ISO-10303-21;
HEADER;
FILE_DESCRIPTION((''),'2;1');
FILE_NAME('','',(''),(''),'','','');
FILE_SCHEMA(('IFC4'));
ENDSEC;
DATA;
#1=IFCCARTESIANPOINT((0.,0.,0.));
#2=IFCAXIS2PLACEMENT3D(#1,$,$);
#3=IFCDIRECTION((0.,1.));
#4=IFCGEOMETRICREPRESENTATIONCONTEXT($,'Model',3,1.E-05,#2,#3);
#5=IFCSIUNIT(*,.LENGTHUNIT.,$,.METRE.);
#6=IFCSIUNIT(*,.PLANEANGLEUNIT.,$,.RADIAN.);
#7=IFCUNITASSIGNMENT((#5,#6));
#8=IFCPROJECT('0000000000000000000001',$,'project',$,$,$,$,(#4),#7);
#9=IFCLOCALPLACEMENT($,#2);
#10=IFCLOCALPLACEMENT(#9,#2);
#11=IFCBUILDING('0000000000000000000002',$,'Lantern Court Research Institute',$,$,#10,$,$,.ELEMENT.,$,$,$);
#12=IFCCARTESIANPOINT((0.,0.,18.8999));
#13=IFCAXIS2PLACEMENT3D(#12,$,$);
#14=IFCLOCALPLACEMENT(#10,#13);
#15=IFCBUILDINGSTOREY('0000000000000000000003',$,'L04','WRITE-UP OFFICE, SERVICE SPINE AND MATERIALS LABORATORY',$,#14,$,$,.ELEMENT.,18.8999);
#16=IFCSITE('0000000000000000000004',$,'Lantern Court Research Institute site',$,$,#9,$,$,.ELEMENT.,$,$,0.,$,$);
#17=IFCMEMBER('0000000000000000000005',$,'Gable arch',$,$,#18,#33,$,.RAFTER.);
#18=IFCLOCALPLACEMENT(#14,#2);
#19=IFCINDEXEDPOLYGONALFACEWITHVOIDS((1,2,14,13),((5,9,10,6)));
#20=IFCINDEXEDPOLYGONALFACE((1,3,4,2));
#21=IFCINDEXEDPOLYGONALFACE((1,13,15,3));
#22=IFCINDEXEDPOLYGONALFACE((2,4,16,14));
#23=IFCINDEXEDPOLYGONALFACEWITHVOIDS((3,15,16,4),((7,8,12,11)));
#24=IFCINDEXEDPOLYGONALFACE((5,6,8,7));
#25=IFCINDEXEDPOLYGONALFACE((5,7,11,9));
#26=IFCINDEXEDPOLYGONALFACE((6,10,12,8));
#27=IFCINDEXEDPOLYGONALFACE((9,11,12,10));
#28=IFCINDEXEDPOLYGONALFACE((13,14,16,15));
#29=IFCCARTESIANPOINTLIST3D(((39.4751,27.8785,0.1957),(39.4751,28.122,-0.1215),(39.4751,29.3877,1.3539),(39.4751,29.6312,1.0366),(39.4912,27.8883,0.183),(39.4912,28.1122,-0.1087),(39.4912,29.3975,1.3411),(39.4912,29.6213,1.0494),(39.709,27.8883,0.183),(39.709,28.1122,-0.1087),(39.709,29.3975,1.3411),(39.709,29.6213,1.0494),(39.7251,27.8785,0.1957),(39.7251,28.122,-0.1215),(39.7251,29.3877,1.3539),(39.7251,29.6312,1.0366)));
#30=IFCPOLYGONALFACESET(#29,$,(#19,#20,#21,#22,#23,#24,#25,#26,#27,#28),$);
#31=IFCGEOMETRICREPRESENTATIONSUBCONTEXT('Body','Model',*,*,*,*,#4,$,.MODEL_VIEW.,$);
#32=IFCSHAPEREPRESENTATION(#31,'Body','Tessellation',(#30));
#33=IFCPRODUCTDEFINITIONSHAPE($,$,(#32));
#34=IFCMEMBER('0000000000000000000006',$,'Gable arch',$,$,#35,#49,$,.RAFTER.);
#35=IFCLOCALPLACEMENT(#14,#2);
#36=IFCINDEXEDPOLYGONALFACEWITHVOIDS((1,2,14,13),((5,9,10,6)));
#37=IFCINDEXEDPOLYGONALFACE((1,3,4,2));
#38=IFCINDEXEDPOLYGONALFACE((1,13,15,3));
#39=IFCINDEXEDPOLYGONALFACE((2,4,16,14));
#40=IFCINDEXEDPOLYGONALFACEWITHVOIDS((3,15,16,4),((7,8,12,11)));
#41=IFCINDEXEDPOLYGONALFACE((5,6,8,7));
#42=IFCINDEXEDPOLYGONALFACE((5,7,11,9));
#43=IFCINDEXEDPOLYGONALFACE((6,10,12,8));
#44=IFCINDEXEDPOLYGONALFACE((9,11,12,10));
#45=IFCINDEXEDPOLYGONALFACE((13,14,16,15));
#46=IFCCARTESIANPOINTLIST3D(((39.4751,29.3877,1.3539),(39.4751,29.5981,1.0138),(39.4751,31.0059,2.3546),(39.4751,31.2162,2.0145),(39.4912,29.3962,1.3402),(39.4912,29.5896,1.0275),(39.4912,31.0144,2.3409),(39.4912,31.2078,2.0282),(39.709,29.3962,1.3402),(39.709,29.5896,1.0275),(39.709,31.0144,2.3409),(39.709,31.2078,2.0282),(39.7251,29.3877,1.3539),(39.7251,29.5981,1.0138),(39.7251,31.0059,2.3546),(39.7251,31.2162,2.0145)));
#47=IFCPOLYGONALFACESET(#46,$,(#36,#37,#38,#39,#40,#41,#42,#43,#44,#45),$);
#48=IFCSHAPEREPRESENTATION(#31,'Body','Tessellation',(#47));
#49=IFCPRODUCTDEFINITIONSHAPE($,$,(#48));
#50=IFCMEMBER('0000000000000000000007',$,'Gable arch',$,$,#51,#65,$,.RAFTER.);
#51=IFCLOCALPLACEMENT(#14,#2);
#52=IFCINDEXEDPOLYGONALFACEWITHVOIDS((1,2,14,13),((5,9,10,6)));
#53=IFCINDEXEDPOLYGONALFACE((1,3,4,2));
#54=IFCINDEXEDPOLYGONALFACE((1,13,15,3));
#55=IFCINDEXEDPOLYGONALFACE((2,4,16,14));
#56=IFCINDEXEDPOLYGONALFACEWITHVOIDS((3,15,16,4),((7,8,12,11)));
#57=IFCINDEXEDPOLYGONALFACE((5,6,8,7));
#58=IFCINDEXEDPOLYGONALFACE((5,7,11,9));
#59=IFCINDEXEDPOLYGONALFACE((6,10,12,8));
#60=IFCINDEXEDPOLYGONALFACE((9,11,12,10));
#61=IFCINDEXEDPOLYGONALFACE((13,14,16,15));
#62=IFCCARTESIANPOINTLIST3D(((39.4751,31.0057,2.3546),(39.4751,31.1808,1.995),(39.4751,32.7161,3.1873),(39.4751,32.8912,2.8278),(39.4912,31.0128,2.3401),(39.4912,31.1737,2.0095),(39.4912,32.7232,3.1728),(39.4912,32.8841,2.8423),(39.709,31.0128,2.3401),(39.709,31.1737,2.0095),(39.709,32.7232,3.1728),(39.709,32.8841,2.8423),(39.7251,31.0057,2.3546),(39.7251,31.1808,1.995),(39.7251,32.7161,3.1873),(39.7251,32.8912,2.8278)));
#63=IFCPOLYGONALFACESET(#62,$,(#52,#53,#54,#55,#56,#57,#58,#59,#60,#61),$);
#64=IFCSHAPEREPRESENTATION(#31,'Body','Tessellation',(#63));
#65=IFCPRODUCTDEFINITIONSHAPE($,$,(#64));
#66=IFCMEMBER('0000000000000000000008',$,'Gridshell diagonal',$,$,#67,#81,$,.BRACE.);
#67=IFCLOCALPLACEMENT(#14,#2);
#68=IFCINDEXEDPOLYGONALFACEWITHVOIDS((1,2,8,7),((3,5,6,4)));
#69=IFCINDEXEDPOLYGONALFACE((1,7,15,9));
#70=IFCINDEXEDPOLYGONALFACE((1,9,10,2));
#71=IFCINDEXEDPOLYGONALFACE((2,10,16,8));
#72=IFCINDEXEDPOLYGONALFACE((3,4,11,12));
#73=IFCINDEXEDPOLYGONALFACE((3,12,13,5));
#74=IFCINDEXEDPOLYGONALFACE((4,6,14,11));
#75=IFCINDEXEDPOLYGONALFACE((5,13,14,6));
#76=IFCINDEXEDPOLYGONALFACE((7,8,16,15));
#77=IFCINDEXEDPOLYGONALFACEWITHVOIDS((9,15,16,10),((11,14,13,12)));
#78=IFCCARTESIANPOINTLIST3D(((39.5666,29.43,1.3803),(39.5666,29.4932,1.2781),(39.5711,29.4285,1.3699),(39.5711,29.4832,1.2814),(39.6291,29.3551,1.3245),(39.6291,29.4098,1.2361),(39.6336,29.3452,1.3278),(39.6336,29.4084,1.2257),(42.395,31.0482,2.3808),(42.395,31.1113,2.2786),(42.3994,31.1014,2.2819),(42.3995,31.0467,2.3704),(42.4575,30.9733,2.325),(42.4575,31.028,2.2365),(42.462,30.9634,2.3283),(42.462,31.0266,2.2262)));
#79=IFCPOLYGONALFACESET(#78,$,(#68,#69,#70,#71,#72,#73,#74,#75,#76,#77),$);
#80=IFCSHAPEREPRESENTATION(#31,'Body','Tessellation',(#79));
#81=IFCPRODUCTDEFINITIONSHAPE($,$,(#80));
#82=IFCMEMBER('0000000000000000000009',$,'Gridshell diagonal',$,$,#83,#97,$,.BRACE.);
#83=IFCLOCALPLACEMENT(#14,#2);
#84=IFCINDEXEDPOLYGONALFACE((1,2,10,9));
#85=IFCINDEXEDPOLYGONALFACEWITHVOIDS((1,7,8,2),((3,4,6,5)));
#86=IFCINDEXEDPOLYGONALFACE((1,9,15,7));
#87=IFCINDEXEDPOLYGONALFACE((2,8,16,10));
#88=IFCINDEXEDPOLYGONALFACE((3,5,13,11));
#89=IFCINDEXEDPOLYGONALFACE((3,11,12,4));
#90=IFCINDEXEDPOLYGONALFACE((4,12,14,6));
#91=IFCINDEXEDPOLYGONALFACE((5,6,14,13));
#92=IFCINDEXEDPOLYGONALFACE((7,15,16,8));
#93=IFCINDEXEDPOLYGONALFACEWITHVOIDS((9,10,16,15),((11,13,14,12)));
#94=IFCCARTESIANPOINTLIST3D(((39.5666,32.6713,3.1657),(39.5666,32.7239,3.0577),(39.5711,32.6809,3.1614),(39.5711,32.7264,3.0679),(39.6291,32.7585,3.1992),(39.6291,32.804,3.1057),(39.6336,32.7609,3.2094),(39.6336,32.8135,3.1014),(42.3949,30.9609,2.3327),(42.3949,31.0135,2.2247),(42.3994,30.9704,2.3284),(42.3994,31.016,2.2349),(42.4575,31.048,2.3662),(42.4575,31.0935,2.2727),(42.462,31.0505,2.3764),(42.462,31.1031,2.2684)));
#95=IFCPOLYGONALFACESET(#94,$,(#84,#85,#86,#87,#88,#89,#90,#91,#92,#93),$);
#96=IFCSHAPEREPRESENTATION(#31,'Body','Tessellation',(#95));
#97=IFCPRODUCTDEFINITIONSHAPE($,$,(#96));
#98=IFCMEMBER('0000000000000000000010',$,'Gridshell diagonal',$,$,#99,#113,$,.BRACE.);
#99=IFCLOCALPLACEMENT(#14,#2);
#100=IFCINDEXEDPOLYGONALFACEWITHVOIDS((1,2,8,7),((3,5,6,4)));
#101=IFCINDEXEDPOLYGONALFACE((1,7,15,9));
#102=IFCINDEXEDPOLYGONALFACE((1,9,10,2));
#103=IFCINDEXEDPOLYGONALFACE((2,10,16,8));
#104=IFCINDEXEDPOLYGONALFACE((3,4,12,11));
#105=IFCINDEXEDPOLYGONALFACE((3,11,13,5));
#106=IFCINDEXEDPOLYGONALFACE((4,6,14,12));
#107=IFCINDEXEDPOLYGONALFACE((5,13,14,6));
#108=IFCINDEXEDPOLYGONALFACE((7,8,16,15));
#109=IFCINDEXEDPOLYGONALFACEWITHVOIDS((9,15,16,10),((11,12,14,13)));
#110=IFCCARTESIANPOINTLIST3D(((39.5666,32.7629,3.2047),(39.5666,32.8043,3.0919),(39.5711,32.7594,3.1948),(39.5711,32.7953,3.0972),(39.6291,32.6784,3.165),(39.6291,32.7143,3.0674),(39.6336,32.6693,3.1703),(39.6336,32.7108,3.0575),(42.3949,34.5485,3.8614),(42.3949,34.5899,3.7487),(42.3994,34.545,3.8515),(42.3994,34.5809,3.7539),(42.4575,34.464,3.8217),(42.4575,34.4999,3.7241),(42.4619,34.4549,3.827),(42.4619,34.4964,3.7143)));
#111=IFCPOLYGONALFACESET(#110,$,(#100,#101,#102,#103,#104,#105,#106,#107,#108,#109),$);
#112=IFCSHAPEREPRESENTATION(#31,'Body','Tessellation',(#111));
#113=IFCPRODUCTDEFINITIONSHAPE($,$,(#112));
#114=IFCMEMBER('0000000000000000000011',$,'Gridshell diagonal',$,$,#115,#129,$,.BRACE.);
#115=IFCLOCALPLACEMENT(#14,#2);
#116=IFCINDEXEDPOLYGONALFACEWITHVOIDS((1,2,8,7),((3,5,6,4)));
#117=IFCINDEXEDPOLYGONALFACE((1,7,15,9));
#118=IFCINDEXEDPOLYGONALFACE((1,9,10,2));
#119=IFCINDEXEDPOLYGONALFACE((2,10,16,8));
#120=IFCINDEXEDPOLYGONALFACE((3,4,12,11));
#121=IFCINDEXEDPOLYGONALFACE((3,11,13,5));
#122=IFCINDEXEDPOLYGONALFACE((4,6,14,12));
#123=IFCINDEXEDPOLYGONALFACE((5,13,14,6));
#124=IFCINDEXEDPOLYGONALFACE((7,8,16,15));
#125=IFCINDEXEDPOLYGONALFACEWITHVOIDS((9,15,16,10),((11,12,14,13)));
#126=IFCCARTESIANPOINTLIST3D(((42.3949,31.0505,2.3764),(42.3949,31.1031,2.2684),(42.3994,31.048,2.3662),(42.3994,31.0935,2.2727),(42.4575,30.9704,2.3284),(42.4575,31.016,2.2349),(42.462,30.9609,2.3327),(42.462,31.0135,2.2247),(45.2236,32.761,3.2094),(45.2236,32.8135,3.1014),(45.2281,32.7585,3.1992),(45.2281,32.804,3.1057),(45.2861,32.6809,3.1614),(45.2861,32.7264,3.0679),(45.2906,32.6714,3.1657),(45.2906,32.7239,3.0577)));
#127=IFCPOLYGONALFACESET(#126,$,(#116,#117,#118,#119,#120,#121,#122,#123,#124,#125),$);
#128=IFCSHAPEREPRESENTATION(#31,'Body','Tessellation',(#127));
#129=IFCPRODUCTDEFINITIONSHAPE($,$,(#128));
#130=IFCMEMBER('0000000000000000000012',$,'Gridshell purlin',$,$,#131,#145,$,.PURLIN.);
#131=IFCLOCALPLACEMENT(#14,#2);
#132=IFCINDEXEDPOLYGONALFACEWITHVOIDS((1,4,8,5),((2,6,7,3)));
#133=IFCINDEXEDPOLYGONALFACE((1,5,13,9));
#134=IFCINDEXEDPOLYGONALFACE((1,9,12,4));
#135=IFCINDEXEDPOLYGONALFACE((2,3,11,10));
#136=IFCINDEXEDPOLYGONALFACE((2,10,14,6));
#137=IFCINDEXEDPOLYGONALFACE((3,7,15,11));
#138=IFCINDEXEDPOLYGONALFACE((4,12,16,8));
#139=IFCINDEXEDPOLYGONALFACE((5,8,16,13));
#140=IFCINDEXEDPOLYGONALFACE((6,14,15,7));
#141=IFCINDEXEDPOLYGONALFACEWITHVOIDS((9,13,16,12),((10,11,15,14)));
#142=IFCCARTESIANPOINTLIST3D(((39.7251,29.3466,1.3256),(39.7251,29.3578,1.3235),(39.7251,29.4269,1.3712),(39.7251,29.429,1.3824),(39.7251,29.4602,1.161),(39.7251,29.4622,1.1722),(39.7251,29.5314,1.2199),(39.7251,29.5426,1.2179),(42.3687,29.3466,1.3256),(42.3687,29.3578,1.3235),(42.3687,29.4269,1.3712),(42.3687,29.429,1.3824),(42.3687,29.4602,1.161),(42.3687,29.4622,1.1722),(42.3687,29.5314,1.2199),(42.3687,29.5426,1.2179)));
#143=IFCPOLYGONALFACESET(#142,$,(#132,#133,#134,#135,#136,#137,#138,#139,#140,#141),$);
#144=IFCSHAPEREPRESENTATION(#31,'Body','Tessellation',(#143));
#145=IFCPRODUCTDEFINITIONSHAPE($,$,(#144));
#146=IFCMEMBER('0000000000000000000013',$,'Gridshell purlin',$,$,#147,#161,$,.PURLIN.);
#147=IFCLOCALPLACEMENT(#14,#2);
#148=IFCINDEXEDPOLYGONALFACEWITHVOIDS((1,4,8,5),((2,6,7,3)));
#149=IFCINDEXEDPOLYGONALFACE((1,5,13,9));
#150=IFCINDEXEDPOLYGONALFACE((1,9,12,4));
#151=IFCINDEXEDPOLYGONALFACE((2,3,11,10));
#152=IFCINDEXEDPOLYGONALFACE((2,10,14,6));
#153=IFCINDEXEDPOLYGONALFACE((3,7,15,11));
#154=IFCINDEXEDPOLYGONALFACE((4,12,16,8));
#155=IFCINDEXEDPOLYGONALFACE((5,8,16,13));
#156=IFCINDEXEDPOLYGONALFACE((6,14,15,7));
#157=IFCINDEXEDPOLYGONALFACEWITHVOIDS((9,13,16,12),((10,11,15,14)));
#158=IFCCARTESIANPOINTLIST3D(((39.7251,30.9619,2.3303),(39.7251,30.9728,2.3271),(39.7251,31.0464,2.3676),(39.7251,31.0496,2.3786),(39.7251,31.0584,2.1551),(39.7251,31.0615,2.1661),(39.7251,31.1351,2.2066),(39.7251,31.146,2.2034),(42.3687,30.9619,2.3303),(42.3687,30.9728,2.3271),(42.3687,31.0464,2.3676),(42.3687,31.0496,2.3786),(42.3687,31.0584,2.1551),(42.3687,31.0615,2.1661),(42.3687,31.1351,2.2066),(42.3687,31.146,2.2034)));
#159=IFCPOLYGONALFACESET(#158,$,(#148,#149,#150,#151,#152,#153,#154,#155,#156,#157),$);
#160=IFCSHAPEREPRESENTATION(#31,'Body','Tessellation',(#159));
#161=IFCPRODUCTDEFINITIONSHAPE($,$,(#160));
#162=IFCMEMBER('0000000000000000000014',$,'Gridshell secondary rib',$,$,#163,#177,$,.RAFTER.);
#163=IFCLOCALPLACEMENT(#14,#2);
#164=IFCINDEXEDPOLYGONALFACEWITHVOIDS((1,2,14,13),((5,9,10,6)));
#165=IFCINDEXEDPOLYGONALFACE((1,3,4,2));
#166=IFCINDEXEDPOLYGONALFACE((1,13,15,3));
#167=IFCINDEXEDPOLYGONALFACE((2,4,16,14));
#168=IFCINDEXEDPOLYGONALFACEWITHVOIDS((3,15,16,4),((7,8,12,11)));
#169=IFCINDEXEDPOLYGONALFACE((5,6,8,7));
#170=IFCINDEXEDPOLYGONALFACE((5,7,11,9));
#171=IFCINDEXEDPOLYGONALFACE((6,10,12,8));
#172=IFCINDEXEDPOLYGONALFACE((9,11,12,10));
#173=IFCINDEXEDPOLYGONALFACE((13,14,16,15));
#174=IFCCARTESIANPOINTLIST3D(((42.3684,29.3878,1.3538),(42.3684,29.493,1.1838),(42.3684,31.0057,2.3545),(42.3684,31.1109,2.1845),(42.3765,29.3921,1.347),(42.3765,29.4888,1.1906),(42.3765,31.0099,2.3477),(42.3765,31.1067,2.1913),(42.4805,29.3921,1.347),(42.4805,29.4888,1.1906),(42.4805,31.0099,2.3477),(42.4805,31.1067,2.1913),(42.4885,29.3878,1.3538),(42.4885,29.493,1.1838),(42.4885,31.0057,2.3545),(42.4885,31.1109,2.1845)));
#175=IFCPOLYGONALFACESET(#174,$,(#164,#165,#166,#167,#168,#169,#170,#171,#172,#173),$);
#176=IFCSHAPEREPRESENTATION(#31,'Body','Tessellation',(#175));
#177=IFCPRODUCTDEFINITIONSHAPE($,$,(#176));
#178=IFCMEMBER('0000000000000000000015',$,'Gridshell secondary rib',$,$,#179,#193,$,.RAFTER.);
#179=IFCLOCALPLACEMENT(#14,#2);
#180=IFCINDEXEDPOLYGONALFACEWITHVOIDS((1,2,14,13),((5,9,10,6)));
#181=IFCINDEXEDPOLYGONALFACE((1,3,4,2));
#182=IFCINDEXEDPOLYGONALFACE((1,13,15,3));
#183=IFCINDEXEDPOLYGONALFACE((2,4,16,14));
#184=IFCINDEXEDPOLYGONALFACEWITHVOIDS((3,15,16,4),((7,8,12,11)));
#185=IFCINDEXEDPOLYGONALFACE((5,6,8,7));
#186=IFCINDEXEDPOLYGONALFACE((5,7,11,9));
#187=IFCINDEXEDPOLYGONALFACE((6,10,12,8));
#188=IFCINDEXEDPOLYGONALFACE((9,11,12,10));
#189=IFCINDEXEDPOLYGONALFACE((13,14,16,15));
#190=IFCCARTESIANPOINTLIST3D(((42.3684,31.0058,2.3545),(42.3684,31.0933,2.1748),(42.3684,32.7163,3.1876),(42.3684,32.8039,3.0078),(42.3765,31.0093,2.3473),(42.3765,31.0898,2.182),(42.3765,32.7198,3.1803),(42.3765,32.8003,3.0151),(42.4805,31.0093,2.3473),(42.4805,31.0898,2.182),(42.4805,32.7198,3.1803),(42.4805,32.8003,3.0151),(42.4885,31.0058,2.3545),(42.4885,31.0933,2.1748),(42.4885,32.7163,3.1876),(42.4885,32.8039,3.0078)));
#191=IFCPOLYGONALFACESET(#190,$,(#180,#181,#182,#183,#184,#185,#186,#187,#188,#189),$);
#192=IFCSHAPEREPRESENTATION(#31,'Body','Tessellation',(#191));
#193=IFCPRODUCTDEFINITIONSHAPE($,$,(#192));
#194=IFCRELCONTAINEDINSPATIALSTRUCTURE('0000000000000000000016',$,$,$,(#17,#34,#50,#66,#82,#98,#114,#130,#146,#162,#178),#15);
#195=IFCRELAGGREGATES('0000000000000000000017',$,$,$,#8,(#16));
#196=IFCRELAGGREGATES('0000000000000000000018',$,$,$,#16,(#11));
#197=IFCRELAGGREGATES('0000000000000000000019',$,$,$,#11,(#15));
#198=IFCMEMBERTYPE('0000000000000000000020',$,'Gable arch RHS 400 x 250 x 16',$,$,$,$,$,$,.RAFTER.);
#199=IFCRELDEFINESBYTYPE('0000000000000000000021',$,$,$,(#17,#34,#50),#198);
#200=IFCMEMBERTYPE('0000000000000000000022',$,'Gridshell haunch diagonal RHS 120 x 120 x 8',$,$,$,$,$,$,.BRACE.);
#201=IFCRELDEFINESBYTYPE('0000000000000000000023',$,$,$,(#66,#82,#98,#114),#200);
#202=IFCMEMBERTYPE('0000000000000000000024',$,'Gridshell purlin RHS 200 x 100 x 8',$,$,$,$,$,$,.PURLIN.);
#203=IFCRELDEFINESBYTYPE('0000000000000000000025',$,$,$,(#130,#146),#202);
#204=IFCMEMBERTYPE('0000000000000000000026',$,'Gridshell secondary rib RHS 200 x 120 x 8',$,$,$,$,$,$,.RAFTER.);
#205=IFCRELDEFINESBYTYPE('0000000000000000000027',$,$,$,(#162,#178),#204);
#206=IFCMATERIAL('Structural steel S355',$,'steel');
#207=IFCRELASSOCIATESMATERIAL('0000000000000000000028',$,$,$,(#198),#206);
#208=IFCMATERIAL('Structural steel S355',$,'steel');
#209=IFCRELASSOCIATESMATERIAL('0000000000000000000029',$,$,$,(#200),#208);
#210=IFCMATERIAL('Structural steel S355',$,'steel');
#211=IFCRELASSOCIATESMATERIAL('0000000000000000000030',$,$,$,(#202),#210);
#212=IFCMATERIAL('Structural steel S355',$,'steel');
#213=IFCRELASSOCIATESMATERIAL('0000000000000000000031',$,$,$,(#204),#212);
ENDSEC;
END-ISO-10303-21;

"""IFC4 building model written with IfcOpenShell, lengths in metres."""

from ifc_helpers import new_model, si_unit, direction, frame, origin, origin_2d, place, context, subcontext, project, spatial, hollow_rectangle, extrude, material, material_profile, profile_set, type_object, element, save


model = new_model("IFC4")

# Units and contexts
model_context = context("Model", 3, precision=1e-05, world=origin(), true_north=direction((0.0, 1.0)))
body_context = subcontext(model_context, "Body", "Model", "MODEL_VIEW")
ifc_project = project(units=[si_unit("LENGTHUNIT", "METRE"), si_unit("PLANEANGLEUNIT", "RADIAN")], contexts=[model_context])

# Site, building, storey
site_placement = place(None, origin())
site = spatial("IfcSite", under=ifc_project, at=site_placement, Name="Lantern Court Research Institute site", CompositionType="ELEMENT", RefElevation=0.0)
building_placement = place(site_placement, origin())
building = spatial("IfcBuilding", under=site, at=building_placement, Name="Lantern Court Research Institute", CompositionType="ELEMENT")
storey_placement = place(building_placement, frame((0.0, 0.0, 18.8999)))
storey = spatial("IfcBuildingStorey", under=building, at=storey_placement, Name="L04", Description="WRITE-UP OFFICE, SERVICE SPINE AND MATERIALS LABORATORY", CompositionType="ELEMENT", Elevation=18.8999)

# Members
ifc_material_1 = material(Name="Structural steel S355", Category="steel")
ifc_material_profile_1 = material_profile(ifc_material_1, hollow_rectangle(XDim=0.25, YDim=0.3999, WallThickness=0.0161, at=origin_2d()), Name="Gable arch RHS 400 x 250 x 16")
ifc_profile_set_1 = profile_set([ifc_material_profile_1], Name="Structural steel S355")
member_type_1 = type_object("IfcMemberType", Name="Gable arch RHS 400 x 250 x 16", PredefinedType="RAFTER", material=ifc_profile_set_1)
member_1_placement = place(storey_placement, frame((39.6001, 28.0002, 0.0371), z_axis=(0.0, 0.79333, 0.608792), x_axis=(-1.0, 0.0, 0.0)))
element("IfcMember", 1, at=member_1_placement, inside=storey, type_object=member_type_1, Name="Gable arch", PredefinedType="RAFTER", context=body_context, shape_type="SweptSolid", body=[
    extrude(hollow_rectangle(XDim=0.25, YDim=0.3999, WallThickness=0.0161, at=origin_2d()), origin(), (0.0, 0.0, 1.0), 1.9023),
])
member_2_placement = place(storey_placement, frame((39.6001, 29.4929, 1.1838), z_axis=(0.0, 0.850498, 0.525979), x_axis=(-1.0, 0.0, 0.0)))
element("IfcMember", 2, at=member_2_placement, inside=storey, type_object=member_type_1, Name="Gable arch", PredefinedType="RAFTER", context=body_context, shape_type="SweptSolid", body=[
    extrude(hollow_rectangle(XDim=0.25, YDim=0.3999, WallThickness=0.0161, at=origin_2d()), origin(), (0.0, 0.0, 1.0), 1.9026),
])
member_3_placement = place(storey_placement, frame((39.6001, 31.0933, 2.1748), z_axis=(0.0, 0.8991, 0.437743), x_axis=(-1.0, 0.0, 0.0)))
element("IfcMember", 3, at=member_3_placement, inside=storey, type_object=member_type_1, Name="Gable arch", PredefinedType="RAFTER", context=body_context, shape_type="SweptSolid", body=[
    extrude(hollow_rectangle(XDim=0.25, YDim=0.3999, WallThickness=0.0161, at=origin_2d()), origin(), (0.0, 0.0, 1.0), 1.9023),
])
ifc_material_2 = material(Name="Structural steel S355", Category="steel")
ifc_material_profile_2 = material_profile(ifc_material_2, hollow_rectangle(XDim=0.1201, YDim=0.1201, WallThickness=0.0081, at=origin_2d()), Name="Gridshell haunch diagonal RHS 120 x 120 x 8")
ifc_profile_set_2 = profile_set([ifc_material_profile_2], Name="Structural steel S355")
member_type_2 = type_object("IfcMemberType", Name="Gridshell haunch diagonal RHS 120 x 120 x 8", PredefinedType="BRACE", material=ifc_profile_set_2)
for number, where, z_axis, x_axis, name in (
    (4, (39.6001, 29.4192, 1.303), (0.829755, 0.474719, 0.293512), (-0.558128, 0.705699, 0.436442), "Gridshell diagonal"),
    (5, (42.4285, 31.032, 2.3005), (-0.829751, 0.50179, 0.244377), (-0.558134, -0.746001, -0.363275), "Gridshell diagonal"),
    (6, (39.6001, 32.7368, 3.1311), (0.829741, 0.523843, 0.192663), (-0.558149, 0.778731, 0.28644), "Gridshell diagonal"),
):
    element("IfcMember", number, at=place(storey_placement, frame(where, z_axis=z_axis, x_axis=x_axis)), inside=storey, type_object=member_type_2, Name=name, PredefinedType="BRACE", context=body_context, shape_type="SweptSolid", body=[
        extrude(hollow_rectangle(XDim=0.1201, YDim=0.1201, WallThickness=0.0081, at=origin_2d()), origin(), (0.0, 0.0, 1.0), 3.4087),
    ])
member_4_placement = place(storey_placement, frame((42.4285, 31.032, 2.3005), z_axis=(0.829773, 0.50176, 0.244363), x_axis=(-0.558101, 0.746025, 0.363277)))
element("IfcMember", 7, at=member_4_placement, inside=storey, type_object=member_type_2, Name="Gridshell diagonal", PredefinedType="BRACE", context=body_context, shape_type="SweptSolid", body=[
    extrude(hollow_rectangle(XDim=0.1201, YDim=0.1201, WallThickness=0.0081, at=origin_2d()), origin(), (0.0, 0.0, 1.0), 3.4089),
])
ifc_material_3 = material(Name="Structural steel S355", Category="steel")
ifc_material_profile_3 = material_profile(ifc_material_3, hollow_rectangle(XDim=0.1001, YDim=0.2, WallThickness=0.0081, at=origin_2d()), Name="Gridshell purlin RHS 200 x 100 x 8")
ifc_profile_set_3 = profile_set([ifc_material_profile_3], Name="Structural steel S355")
member_type_3 = type_object("IfcMemberType", Name="Gridshell purlin RHS 200 x 100 x 8", PredefinedType="PURLIN", material=ifc_profile_set_3)
for number, where, z_axis, x_axis, name in (
    (8, (39.7251, 29.4446, 1.2717), (1.0, 0.0, 0.0), (0.0, 0.822954, 0.568108), "Gridshell purlin"),
    (9, (39.7251, 31.054, 2.2668), (1.0, 0.0, 0.0), (0.0, 0.875897, 0.482497), "Gridshell purlin"),
):
    element("IfcMember", number, at=place(storey_placement, frame(where, z_axis=z_axis, x_axis=x_axis)), inside=storey, type_object=member_type_3, Name=name, PredefinedType="PURLIN", context=body_context, shape_type="SweptSolid", body=[
        extrude(hollow_rectangle(XDim=0.1001, YDim=0.2, WallThickness=0.0081, at=origin_2d()), origin(), (0.0, 0.0, 1.0), 2.6436),
    ])
ifc_material_4 = material(Name="Structural steel S355", Category="steel")
ifc_material_profile_4 = material_profile(ifc_material_4, hollow_rectangle(XDim=0.1201, YDim=0.2, WallThickness=0.0081, at=origin_2d()), Name="Gridshell secondary rib RHS 200 x 120 x 8")
ifc_profile_set_4 = profile_set([ifc_material_profile_4], Name="Structural steel S355")
member_type_4 = type_object("IfcMemberType", Name="Gridshell secondary rib RHS 200 x 120 x 8", PredefinedType="RAFTER", material=ifc_profile_set_4)
member_5_placement = place(storey_placement, frame((42.4285, 29.4404, 1.2688), z_axis=(0.0, 0.850462, 0.526036), x_axis=(-1.0, 0.0, 0.0)))
element("IfcMember", 10, at=member_5_placement, inside=storey, type_object=member_type_4, Name="Gridshell secondary rib", PredefinedType="RAFTER", context=body_context, shape_type="SweptSolid", body=[
    extrude(hollow_rectangle(XDim=0.1201, YDim=0.2, WallThickness=0.0081, at=origin_2d()), origin(), (0.0, 0.0, 1.0), 1.9023),
])
member_6_placement = place(storey_placement, frame((42.4285, 31.0496, 2.2646), z_axis=(0.0, 0.899049, 0.437847), x_axis=(-1.0, 0.0, 0.0)))
element("IfcMember", 11, at=member_6_placement, inside=storey, type_object=member_type_4, Name="Gridshell secondary rib", PredefinedType="RAFTER", context=body_context, shape_type="SweptSolid", body=[
    extrude(hollow_rectangle(XDim=0.1201, YDim=0.2, WallThickness=0.0081, at=origin_2d()), origin(), (0.0, 0.0, 1.0), 1.9026),
])

save(model, "model.ifc")
